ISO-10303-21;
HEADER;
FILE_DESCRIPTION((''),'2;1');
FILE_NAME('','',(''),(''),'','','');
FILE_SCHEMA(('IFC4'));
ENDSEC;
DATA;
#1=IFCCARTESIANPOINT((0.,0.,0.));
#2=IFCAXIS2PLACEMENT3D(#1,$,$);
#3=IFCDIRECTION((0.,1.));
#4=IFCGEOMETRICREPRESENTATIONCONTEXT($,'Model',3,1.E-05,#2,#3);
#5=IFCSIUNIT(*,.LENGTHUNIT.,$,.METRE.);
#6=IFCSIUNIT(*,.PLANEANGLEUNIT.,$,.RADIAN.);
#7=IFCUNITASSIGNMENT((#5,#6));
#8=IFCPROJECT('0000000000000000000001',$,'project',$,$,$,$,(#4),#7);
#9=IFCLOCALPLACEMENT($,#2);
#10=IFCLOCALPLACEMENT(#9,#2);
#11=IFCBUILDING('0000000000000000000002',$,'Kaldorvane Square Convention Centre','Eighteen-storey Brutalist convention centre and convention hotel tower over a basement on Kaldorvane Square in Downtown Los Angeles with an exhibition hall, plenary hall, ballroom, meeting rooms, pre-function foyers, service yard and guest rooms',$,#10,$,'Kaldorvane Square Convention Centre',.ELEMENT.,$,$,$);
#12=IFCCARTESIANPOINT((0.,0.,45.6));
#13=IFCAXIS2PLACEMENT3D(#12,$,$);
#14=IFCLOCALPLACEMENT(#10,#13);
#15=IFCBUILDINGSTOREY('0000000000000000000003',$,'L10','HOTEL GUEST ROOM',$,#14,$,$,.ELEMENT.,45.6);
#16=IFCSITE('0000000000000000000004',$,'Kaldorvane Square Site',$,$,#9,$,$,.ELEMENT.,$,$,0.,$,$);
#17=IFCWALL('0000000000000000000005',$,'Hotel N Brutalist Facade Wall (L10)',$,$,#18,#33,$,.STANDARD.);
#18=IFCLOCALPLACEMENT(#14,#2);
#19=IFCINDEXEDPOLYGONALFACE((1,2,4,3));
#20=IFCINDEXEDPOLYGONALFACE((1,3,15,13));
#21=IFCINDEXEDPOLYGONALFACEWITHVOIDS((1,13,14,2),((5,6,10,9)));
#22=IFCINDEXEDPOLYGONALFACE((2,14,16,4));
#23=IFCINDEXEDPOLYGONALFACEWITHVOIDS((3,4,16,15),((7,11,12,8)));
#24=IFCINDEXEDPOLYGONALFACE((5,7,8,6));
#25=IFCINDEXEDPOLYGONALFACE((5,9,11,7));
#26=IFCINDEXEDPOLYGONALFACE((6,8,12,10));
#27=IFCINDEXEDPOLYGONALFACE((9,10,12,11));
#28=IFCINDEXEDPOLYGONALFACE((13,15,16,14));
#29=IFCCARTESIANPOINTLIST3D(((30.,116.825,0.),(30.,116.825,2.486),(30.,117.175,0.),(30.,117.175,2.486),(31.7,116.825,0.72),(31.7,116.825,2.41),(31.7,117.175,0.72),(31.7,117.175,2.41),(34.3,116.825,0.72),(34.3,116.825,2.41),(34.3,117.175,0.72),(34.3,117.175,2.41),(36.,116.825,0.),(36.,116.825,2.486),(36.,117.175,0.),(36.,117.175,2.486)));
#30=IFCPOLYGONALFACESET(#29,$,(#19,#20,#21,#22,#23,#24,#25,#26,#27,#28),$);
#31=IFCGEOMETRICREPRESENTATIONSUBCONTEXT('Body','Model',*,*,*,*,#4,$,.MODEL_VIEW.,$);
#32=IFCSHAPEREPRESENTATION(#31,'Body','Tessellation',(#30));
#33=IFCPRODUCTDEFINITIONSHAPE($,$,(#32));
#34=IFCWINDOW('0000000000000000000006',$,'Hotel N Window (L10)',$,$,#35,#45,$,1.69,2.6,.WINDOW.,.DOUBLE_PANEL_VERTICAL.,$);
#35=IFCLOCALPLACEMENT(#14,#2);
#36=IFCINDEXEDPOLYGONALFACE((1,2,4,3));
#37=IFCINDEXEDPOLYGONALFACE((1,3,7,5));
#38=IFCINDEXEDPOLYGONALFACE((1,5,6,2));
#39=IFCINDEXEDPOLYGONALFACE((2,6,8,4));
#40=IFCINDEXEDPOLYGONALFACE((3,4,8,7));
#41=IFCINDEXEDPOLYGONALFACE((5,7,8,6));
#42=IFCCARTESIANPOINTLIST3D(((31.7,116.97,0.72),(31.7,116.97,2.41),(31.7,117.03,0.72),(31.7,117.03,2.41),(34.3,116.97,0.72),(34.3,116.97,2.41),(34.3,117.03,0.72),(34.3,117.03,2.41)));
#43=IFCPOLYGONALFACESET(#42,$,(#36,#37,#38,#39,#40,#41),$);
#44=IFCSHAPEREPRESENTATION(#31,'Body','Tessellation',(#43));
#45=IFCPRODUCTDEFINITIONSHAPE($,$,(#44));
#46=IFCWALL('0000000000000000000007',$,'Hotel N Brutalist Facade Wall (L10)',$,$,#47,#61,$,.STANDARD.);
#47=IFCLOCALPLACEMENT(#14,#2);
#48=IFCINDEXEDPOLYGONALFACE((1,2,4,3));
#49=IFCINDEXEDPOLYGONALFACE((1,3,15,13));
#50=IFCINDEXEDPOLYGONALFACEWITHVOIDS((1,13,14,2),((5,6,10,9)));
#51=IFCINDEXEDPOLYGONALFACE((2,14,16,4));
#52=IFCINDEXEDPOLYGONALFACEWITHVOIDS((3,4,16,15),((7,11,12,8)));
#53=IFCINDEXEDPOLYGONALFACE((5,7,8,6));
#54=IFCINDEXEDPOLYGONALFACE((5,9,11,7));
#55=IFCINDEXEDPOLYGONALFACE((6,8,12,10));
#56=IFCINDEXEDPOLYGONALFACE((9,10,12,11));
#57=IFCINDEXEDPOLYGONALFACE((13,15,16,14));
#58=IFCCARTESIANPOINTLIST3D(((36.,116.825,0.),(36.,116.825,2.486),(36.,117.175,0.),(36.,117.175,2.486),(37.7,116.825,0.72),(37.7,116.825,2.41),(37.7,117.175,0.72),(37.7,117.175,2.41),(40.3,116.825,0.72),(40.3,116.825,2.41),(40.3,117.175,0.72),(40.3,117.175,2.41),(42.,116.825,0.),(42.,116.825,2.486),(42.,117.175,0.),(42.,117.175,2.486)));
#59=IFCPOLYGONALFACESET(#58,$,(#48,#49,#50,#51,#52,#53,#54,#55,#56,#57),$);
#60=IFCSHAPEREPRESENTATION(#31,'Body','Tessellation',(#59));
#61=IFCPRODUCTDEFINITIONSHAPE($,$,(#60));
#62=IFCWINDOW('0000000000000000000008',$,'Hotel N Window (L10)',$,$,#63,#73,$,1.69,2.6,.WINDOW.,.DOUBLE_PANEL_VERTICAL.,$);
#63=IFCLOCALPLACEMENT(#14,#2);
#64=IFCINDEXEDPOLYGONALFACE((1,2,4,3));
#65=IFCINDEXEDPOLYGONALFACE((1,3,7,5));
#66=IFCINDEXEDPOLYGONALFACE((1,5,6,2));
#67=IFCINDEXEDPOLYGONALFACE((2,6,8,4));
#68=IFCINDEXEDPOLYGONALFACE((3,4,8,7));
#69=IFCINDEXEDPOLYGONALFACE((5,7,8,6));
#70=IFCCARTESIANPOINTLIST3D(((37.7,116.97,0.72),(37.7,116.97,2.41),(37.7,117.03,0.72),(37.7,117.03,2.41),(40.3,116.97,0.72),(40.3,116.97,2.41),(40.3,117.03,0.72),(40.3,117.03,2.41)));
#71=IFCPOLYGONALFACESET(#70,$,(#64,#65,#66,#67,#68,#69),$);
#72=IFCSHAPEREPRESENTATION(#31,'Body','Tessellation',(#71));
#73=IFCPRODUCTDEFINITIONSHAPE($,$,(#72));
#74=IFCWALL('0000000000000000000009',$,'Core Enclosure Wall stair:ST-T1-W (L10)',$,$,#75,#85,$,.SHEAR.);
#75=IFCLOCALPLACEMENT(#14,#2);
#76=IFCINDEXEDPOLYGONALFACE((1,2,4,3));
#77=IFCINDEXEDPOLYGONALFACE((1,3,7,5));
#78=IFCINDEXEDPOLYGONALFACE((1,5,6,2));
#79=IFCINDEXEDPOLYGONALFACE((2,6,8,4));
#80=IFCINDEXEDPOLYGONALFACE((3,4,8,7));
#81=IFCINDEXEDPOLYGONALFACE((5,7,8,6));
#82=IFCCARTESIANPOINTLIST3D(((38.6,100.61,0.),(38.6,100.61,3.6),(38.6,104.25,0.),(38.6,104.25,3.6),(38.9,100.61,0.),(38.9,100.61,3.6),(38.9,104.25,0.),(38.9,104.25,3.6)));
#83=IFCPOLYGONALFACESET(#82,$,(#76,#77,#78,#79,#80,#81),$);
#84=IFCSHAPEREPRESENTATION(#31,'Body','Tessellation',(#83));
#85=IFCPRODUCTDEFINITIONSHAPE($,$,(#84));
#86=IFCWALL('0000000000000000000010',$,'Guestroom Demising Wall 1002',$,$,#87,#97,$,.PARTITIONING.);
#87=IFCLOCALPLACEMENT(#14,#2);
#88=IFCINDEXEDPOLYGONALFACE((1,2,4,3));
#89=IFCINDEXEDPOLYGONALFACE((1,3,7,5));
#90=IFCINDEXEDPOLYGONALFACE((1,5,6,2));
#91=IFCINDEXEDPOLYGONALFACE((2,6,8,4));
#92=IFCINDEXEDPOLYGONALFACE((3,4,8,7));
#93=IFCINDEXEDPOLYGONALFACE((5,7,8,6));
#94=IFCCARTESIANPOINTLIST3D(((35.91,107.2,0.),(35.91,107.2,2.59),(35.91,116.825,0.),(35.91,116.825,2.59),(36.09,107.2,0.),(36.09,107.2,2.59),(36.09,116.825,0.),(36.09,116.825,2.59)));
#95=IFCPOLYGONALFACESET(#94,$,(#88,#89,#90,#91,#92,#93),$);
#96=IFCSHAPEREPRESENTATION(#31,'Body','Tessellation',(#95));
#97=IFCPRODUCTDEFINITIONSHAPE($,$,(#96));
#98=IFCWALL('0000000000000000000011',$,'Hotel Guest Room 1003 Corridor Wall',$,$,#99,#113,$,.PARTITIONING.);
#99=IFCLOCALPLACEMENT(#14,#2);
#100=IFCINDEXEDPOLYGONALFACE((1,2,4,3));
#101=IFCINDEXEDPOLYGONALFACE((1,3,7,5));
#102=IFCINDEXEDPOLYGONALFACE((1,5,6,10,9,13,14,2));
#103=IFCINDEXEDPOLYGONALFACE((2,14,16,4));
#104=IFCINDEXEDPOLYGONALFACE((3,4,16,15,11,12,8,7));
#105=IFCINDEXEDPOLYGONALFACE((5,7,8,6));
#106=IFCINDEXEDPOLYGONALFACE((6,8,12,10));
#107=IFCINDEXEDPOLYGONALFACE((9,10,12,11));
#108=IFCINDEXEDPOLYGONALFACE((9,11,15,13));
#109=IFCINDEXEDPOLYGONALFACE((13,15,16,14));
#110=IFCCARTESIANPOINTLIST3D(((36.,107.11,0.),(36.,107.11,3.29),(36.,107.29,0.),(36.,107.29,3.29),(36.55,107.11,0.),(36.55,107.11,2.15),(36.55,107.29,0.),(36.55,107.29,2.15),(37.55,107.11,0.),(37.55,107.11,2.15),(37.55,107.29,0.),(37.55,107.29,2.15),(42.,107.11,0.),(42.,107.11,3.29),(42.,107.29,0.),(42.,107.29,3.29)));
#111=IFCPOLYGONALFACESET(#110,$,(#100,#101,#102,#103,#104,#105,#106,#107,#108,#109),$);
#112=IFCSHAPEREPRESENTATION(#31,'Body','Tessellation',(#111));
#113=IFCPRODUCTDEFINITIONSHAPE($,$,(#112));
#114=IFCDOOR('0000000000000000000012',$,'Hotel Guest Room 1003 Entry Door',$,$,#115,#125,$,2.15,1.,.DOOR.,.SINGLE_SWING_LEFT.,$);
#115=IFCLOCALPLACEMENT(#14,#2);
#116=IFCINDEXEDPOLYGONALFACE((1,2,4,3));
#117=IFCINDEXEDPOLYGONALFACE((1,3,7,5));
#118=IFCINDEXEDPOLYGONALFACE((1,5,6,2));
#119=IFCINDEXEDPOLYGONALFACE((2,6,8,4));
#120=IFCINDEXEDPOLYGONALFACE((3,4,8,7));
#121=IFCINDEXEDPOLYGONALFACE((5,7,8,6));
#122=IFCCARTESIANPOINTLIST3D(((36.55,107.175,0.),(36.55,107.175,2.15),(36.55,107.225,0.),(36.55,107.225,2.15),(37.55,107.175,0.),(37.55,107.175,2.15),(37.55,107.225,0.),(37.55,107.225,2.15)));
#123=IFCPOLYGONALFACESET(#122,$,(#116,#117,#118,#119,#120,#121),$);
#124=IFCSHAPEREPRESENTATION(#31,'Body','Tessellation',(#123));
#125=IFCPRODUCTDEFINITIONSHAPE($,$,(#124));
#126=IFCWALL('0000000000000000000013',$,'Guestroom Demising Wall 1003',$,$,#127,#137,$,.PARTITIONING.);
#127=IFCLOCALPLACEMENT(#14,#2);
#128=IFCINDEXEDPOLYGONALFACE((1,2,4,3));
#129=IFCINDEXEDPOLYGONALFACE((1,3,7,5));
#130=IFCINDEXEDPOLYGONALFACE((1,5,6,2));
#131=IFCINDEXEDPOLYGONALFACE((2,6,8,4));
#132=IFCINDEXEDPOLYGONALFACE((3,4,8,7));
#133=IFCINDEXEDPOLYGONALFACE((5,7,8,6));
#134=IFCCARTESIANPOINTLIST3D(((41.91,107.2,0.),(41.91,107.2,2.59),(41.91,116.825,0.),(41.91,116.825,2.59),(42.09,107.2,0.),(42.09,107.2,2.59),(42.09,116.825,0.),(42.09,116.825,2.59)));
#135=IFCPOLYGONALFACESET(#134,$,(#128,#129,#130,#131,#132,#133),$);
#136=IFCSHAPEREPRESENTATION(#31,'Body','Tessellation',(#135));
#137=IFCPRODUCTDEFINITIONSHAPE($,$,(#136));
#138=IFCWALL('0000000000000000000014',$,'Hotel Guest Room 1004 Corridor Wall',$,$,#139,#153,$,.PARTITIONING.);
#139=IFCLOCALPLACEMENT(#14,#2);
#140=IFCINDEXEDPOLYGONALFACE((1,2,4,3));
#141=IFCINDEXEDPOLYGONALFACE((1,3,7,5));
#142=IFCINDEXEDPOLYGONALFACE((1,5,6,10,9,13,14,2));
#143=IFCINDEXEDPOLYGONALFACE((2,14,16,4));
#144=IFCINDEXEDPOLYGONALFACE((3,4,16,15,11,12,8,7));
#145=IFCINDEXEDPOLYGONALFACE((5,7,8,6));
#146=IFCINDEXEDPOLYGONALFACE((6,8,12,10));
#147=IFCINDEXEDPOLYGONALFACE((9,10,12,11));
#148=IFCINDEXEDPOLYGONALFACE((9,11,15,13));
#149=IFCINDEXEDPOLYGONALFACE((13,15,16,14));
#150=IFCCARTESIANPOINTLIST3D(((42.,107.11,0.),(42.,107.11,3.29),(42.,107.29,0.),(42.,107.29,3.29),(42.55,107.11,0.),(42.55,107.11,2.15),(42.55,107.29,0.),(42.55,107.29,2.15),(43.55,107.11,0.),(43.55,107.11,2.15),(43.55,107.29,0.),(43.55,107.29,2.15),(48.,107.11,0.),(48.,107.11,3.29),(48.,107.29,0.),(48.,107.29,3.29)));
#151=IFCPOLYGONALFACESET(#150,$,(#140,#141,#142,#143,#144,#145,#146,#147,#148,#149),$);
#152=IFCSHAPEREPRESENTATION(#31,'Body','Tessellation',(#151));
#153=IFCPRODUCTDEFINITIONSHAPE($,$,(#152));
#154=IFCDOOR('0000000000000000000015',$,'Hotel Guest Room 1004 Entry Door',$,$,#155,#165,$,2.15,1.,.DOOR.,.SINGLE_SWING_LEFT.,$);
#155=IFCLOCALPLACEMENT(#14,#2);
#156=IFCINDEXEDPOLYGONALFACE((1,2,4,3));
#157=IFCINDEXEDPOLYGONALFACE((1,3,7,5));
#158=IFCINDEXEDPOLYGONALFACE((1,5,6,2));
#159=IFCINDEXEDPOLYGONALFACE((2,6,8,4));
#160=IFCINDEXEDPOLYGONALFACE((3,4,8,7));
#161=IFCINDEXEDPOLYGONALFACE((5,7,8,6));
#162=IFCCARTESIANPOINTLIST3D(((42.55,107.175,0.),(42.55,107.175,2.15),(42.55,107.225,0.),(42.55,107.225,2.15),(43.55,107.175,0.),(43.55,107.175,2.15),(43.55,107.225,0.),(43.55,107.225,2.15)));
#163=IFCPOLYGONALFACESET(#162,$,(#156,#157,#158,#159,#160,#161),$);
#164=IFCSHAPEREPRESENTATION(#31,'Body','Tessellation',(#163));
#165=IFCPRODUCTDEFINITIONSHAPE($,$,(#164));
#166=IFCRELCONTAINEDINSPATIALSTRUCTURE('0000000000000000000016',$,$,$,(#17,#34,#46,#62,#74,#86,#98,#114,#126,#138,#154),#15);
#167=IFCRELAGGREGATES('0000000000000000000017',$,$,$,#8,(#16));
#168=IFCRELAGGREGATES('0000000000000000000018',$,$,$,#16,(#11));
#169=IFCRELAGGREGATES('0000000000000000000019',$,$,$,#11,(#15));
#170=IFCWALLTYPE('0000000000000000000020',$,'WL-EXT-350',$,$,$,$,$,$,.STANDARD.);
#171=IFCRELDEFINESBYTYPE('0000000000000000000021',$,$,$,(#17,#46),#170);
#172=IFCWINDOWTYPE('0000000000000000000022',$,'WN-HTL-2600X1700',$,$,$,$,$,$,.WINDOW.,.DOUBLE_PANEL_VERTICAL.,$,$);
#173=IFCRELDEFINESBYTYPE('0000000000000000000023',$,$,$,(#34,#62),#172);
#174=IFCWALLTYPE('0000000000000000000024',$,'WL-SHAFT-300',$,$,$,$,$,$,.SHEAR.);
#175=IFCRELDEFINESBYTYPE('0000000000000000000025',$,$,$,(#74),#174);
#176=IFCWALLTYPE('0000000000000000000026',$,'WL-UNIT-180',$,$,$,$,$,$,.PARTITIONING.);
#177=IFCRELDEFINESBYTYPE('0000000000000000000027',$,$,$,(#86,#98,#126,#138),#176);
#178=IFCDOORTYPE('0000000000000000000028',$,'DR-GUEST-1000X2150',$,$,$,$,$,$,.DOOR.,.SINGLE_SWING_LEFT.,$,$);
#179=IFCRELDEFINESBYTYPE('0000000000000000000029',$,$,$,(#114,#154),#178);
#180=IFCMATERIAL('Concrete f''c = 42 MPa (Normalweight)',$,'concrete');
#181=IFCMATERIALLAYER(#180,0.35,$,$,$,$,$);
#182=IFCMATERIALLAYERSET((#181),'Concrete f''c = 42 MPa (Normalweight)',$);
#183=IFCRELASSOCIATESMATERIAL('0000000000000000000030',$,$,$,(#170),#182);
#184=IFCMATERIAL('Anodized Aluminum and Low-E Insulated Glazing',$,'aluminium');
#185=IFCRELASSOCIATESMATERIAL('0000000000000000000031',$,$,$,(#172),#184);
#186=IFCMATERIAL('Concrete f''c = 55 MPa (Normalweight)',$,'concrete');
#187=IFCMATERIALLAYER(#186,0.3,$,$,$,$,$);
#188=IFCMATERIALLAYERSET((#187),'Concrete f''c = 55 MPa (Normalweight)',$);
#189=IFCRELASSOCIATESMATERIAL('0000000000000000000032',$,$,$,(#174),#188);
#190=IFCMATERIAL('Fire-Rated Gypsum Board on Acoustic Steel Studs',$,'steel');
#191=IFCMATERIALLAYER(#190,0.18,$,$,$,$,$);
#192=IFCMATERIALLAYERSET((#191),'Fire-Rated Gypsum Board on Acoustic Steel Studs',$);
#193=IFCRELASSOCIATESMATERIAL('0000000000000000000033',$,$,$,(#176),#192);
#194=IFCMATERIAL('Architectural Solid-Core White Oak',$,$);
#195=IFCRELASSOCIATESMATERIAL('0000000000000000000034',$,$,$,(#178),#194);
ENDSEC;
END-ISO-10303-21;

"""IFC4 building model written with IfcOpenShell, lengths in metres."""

from ifc_helpers import new_model, si_unit, direction, frame, frame_2d, origin, place, context, subcontext, project, spatial, rectangle, extrude, material, layer, layer_set, type_object, element, fill, save


model = new_model("IFC4")

# Units and contexts
model_context = context("Model", 3, precision=1e-05, world=origin(), true_north=direction((0.0, 1.0)))
body_context = subcontext(model_context, "Body", "Model", "MODEL_VIEW")
ifc_project = project(units=[si_unit("LENGTHUNIT", "METRE"), si_unit("PLANEANGLEUNIT", "RADIAN")], contexts=[model_context])

# Site, building, storey
site_placement = place(None, origin())
site = spatial("IfcSite", under=ifc_project, at=site_placement, Name="Kaldorvane Square Site", CompositionType="ELEMENT", RefElevation=0.0)
building_placement = place(site_placement, origin())
building = spatial("IfcBuilding", under=site, at=building_placement, Name="Kaldorvane Square Convention Centre", Description="Eighteen-storey Brutalist convention centre and convention hotel tower over a basement on Kaldorvane Square in Downtown Los Angeles with an exhibition hall, plenary hall, ballroom, meeting rooms, pre-function foyers, service yard and guest rooms", LongName="Kaldorvane Square Convention Centre", CompositionType="ELEMENT")
storey_placement = place(building_placement, frame((0.0, 0.0, 45.6)))
storey = spatial("IfcBuildingStorey", under=building, at=storey_placement, Name="L10", Description="HOTEL GUEST ROOM", CompositionType="ELEMENT", Elevation=45.6)

# Shared definitions
ifc_material_1 = material(Name="Concrete f'c = 42 MPa (Normalweight)", Category="concrete")

# Shared definitions
ifc_material_2 = material(Name="Fire-Rated Gypsum Board on Acoustic Steel Studs", Category="steel")
ifc_material_3 = material(Name="Architectural Solid-Core White Oak")

# Walls, openings, windows
ifc_layer_1 = layer(ifc_material_1, 0.35)
ifc_layer_set_1 = layer_set([ifc_layer_1], Name="Concrete f'c = 42 MPa (Normalweight)")
wall_type_1 = type_object("IfcWallType", Name="WL-EXT-350", PredefinedType="STANDARD", material=ifc_layer_set_1)
wall_1_placement = place(storey_placement, frame((36.0, 117.0, 0.0), z_axis=(0.0, 0.0, 1.0), x_axis=(-1.0, 0.0, 0.0)))
wall_1 = element("IfcWall", 1, at=wall_1_placement, inside=storey, type_object=wall_type_1, Name="Hotel N Brutalist Facade Wall (L10)", PredefinedType="STANDARD", context=body_context, shape_type="SweptSolid", body=[
    extrude(rectangle(XDim=6.0, YDim=0.35, at=frame_2d((3.0, 0.0))), origin(), (0.0, 0.0, 1.0), 2.486),
])
opening_1_placement = place(wall_1_placement, frame((1.7, 0.0, 0.72)))
opening_1 = element("IfcOpeningElement", 2, at=opening_1_placement, cuts=wall_1, PredefinedType="OPENING", context=body_context, shape_type="SweptSolid", body=[
    extrude(rectangle(XDim=2.6, YDim=1.69, at=frame_2d((1.3, 0.845))), frame((0.0, 0.19, 0.0), z_axis=(0.0, -1.0, 0.0), x_axis=(1.0, 0.0, 0.0)), (0.0, 0.0, 1.0), 0.38),
])
ifc_material_4 = material(Name="Anodized Aluminum and Low-E Insulated Glazing", Category="aluminium")
window_type = type_object("IfcWindowType", Name="WN-HTL-2600X1700", PartitioningType="DOUBLE_PANEL_VERTICAL", PredefinedType="WINDOW", material=ifc_material_4)
window_1_placement = place(opening_1_placement, origin())
window_1 = element("IfcWindow", 3, at=window_1_placement, inside=storey, type_object=window_type, Name="Hotel N Window (L10)", OverallHeight=1.69, OverallWidth=2.6, PartitioningType="DOUBLE_PANEL_VERTICAL", PredefinedType="WINDOW", context=body_context, shape_type="SweptSolid", body=[
    extrude(rectangle(XDim=2.6, YDim=1.69, at=frame_2d((1.3, 0.845))), frame((0.0, 0.03, 0.0), z_axis=(0.0, -1.0, 0.0), x_axis=(1.0, 0.0, 0.0)), (0.0, 0.0, 1.0), 0.06),
])
fill(opening_1, window_1)
wall_2_placement = place(storey_placement, frame((42.0, 117.0, 0.0), z_axis=(0.0, 0.0, 1.0), x_axis=(-1.0, 0.0, 0.0)))
wall_2 = element("IfcWall", 4, at=wall_2_placement, inside=storey, type_object=wall_type_1, Name="Hotel N Brutalist Facade Wall (L10)", PredefinedType="STANDARD", context=body_context, shape_type="SweptSolid", body=[
    extrude(rectangle(XDim=6.0, YDim=0.35, at=frame_2d((3.0, 0.0))), origin(), (0.0, 0.0, 1.0), 2.486),
])
opening_2_placement = place(wall_2_placement, frame((1.7, 0.0, 0.72)))
opening_2 = element("IfcOpeningElement", 5, at=opening_2_placement, cuts=wall_2, PredefinedType="OPENING", context=body_context, shape_type="SweptSolid", body=[
    extrude(rectangle(XDim=2.6, YDim=1.69, at=frame_2d((1.3, 0.845))), frame((0.0, 0.19, 0.0), z_axis=(0.0, -1.0, 0.0), x_axis=(1.0, 0.0, 0.0)), (0.0, 0.0, 1.0), 0.38),
])
window_2_placement = place(opening_2_placement, origin())
window_2 = element("IfcWindow", 6, at=window_2_placement, inside=storey, type_object=window_type, Name="Hotel N Window (L10)", OverallHeight=1.69, OverallWidth=2.6, PartitioningType="DOUBLE_PANEL_VERTICAL", PredefinedType="WINDOW", context=body_context, shape_type="SweptSolid", body=[
    extrude(rectangle(XDim=2.6, YDim=1.69, at=frame_2d((1.3, 0.845))), frame((0.0, 0.03, 0.0), z_axis=(0.0, -1.0, 0.0), x_axis=(1.0, 0.0, 0.0)), (0.0, 0.0, 1.0), 0.06),
])
fill(opening_2, window_2)

# Walls
ifc_material_5 = material(Name="Concrete f'c = 55 MPa (Normalweight)", Category="concrete")
ifc_layer_2 = layer(ifc_material_5, 0.3)
ifc_layer_set_2 = layer_set([ifc_layer_2], Name="Concrete f'c = 55 MPa (Normalweight)")
wall_type_2 = type_object("IfcWallType", Name="WL-SHAFT-300", PredefinedType="SHEAR", material=ifc_layer_set_2)
wall_3_placement = place(storey_placement, frame((38.75, 104.25, 0.0), z_axis=(0.0, 0.0, 1.0), x_axis=(0.0, -1.0, 0.0)))
element("IfcWall", 7, at=wall_3_placement, inside=storey, type_object=wall_type_2, Name="Core Enclosure Wall stair:ST-T1-W (L10)", PredefinedType="SHEAR", context=body_context, shape_type="SweptSolid", body=[
    extrude(rectangle(XDim=3.64, YDim=0.3, at=frame_2d((1.82, 0.0))), origin(), (0.0, 0.0, 1.0), 3.6),
])
ifc_layer_3 = layer(ifc_material_2, 0.18)
ifc_layer_set_3 = layer_set([ifc_layer_3], Name="Fire-Rated Gypsum Board on Acoustic Steel Studs")
wall_type_3 = type_object("IfcWallType", Name="WL-UNIT-180", PredefinedType="PARTITIONING", material=ifc_layer_set_3)
wall_4_placement = place(storey_placement, frame((36.0, 107.2, 0.0), z_axis=(0.0, 0.0, 1.0), x_axis=(0.0, 1.0, 0.0)))
element("IfcWall", 8, at=wall_4_placement, inside=storey, type_object=wall_type_3, Name="Guestroom Demising Wall 1002", PredefinedType="PARTITIONING", context=body_context, shape_type="SweptSolid", body=[
    extrude(rectangle(XDim=9.625, YDim=0.18, at=frame_2d((4.8125, 0.0))), origin(), (0.0, 0.0, 1.0), 2.59),
])

# Wall, opening, door
wall_5_placement = place(storey_placement, frame((36.0, 107.2, 0.0), z_axis=(0.0, 0.0, 1.0), x_axis=(1.0, 0.0, 0.0)))
wall_5 = element("IfcWall", 9, at=wall_5_placement, inside=storey, type_object=wall_type_3, Name="Hotel Guest Room 1003 Corridor Wall", PredefinedType="PARTITIONING", context=body_context, shape_type="SweptSolid", body=[
    extrude(rectangle(XDim=6.0, YDim=0.18, at=frame_2d((3.0, 0.0))), origin(), (0.0, 0.0, 1.0), 3.29),
])
opening_3_placement = place(wall_5_placement, frame((0.55, 0.0, 0.0)))
opening_3 = element("IfcOpeningElement", 10, at=opening_3_placement, cuts=wall_5, PredefinedType="OPENING", context=body_context, shape_type="SweptSolid", body=[
    extrude(rectangle(XDim=1.0, YDim=2.15, at=frame_2d((0.5, 1.075))), frame((0.0, 0.105, 0.0), z_axis=(0.0, -1.0, 0.0), x_axis=(1.0, 0.0, 0.0)), (0.0, 0.0, 1.0), 0.21),
])
door_type_1 = type_object("IfcDoorType", Name="DR-GUEST-1000X2150", OperationType="SINGLE_SWING_LEFT", PredefinedType="DOOR", material=ifc_material_3)
door_1_placement = place(opening_3_placement, origin())
door_1 = element("IfcDoor", 11, at=door_1_placement, inside=storey, type_object=door_type_1, Name="Hotel Guest Room 1003 Entry Door", OperationType="SINGLE_SWING_LEFT", OverallHeight=2.15, OverallWidth=1.0, PredefinedType="DOOR", context=body_context, shape_type="SweptSolid", body=[
    extrude(rectangle(XDim=1.0, YDim=2.15, at=frame_2d((0.5, 1.075))), frame((0.0, 0.025, 0.0), z_axis=(0.0, -1.0, 0.0), x_axis=(1.0, 0.0, 0.0)), (0.0, 0.0, 1.0), 0.05),
])
fill(opening_3, door_1)

# Wall
wall_6_placement = place(storey_placement, frame((42.0, 107.2, 0.0), z_axis=(0.0, 0.0, 1.0), x_axis=(0.0, 1.0, 0.0)))
element("IfcWall", 12, at=wall_6_placement, inside=storey, type_object=wall_type_3, Name="Guestroom Demising Wall 1003", PredefinedType="PARTITIONING", context=body_context, shape_type="SweptSolid", body=[
    extrude(rectangle(XDim=9.625, YDim=0.18, at=frame_2d((4.8125, 0.0))), origin(), (0.0, 0.0, 1.0), 2.59),
])

# Wall, opening, door
wall_7_placement = place(storey_placement, frame((42.0, 107.2, 0.0), z_axis=(0.0, 0.0, 1.0), x_axis=(1.0, 0.0, 0.0)))
wall_7 = element("IfcWall", 13, at=wall_7_placement, inside=storey, type_object=wall_type_3, Name="Hotel Guest Room 1004 Corridor Wall", PredefinedType="PARTITIONING", context=body_context, shape_type="SweptSolid", body=[
    extrude(rectangle(XDim=6.0, YDim=0.18, at=frame_2d((3.0, 0.0))), origin(), (0.0, 0.0, 1.0), 3.29),
])
opening_4_placement = place(wall_7_placement, frame((0.55, 0.0, 0.0)))
opening_4 = element("IfcOpeningElement", 14, at=opening_4_placement, cuts=wall_7, PredefinedType="OPENING", context=body_context, shape_type="SweptSolid", body=[
    extrude(rectangle(XDim=1.0, YDim=2.15, at=frame_2d((0.5, 1.075))), frame((0.0, 0.105, 0.0), z_axis=(0.0, -1.0, 0.0), x_axis=(1.0, 0.0, 0.0)), (0.0, 0.0, 1.0), 0.21),
])
door_2_placement = place(opening_4_placement, origin())
door_2 = element("IfcDoor", 15, at=door_2_placement, inside=storey, type_object=door_type_1, Name="Hotel Guest Room 1004 Entry Door", OperationType="SINGLE_SWING_LEFT", OverallHeight=2.15, OverallWidth=1.0, PredefinedType="DOOR", context=body_context, shape_type="SweptSolid", body=[
    extrude(rectangle(XDim=1.0, YDim=2.15, at=frame_2d((0.5, 1.075))), frame((0.0, 0.025, 0.0), z_axis=(0.0, -1.0, 0.0), x_axis=(1.0, 0.0, 0.0)), (0.0, 0.0, 1.0), 0.05),
])
fill(opening_4, door_2)

save(model, "model.ifc")
